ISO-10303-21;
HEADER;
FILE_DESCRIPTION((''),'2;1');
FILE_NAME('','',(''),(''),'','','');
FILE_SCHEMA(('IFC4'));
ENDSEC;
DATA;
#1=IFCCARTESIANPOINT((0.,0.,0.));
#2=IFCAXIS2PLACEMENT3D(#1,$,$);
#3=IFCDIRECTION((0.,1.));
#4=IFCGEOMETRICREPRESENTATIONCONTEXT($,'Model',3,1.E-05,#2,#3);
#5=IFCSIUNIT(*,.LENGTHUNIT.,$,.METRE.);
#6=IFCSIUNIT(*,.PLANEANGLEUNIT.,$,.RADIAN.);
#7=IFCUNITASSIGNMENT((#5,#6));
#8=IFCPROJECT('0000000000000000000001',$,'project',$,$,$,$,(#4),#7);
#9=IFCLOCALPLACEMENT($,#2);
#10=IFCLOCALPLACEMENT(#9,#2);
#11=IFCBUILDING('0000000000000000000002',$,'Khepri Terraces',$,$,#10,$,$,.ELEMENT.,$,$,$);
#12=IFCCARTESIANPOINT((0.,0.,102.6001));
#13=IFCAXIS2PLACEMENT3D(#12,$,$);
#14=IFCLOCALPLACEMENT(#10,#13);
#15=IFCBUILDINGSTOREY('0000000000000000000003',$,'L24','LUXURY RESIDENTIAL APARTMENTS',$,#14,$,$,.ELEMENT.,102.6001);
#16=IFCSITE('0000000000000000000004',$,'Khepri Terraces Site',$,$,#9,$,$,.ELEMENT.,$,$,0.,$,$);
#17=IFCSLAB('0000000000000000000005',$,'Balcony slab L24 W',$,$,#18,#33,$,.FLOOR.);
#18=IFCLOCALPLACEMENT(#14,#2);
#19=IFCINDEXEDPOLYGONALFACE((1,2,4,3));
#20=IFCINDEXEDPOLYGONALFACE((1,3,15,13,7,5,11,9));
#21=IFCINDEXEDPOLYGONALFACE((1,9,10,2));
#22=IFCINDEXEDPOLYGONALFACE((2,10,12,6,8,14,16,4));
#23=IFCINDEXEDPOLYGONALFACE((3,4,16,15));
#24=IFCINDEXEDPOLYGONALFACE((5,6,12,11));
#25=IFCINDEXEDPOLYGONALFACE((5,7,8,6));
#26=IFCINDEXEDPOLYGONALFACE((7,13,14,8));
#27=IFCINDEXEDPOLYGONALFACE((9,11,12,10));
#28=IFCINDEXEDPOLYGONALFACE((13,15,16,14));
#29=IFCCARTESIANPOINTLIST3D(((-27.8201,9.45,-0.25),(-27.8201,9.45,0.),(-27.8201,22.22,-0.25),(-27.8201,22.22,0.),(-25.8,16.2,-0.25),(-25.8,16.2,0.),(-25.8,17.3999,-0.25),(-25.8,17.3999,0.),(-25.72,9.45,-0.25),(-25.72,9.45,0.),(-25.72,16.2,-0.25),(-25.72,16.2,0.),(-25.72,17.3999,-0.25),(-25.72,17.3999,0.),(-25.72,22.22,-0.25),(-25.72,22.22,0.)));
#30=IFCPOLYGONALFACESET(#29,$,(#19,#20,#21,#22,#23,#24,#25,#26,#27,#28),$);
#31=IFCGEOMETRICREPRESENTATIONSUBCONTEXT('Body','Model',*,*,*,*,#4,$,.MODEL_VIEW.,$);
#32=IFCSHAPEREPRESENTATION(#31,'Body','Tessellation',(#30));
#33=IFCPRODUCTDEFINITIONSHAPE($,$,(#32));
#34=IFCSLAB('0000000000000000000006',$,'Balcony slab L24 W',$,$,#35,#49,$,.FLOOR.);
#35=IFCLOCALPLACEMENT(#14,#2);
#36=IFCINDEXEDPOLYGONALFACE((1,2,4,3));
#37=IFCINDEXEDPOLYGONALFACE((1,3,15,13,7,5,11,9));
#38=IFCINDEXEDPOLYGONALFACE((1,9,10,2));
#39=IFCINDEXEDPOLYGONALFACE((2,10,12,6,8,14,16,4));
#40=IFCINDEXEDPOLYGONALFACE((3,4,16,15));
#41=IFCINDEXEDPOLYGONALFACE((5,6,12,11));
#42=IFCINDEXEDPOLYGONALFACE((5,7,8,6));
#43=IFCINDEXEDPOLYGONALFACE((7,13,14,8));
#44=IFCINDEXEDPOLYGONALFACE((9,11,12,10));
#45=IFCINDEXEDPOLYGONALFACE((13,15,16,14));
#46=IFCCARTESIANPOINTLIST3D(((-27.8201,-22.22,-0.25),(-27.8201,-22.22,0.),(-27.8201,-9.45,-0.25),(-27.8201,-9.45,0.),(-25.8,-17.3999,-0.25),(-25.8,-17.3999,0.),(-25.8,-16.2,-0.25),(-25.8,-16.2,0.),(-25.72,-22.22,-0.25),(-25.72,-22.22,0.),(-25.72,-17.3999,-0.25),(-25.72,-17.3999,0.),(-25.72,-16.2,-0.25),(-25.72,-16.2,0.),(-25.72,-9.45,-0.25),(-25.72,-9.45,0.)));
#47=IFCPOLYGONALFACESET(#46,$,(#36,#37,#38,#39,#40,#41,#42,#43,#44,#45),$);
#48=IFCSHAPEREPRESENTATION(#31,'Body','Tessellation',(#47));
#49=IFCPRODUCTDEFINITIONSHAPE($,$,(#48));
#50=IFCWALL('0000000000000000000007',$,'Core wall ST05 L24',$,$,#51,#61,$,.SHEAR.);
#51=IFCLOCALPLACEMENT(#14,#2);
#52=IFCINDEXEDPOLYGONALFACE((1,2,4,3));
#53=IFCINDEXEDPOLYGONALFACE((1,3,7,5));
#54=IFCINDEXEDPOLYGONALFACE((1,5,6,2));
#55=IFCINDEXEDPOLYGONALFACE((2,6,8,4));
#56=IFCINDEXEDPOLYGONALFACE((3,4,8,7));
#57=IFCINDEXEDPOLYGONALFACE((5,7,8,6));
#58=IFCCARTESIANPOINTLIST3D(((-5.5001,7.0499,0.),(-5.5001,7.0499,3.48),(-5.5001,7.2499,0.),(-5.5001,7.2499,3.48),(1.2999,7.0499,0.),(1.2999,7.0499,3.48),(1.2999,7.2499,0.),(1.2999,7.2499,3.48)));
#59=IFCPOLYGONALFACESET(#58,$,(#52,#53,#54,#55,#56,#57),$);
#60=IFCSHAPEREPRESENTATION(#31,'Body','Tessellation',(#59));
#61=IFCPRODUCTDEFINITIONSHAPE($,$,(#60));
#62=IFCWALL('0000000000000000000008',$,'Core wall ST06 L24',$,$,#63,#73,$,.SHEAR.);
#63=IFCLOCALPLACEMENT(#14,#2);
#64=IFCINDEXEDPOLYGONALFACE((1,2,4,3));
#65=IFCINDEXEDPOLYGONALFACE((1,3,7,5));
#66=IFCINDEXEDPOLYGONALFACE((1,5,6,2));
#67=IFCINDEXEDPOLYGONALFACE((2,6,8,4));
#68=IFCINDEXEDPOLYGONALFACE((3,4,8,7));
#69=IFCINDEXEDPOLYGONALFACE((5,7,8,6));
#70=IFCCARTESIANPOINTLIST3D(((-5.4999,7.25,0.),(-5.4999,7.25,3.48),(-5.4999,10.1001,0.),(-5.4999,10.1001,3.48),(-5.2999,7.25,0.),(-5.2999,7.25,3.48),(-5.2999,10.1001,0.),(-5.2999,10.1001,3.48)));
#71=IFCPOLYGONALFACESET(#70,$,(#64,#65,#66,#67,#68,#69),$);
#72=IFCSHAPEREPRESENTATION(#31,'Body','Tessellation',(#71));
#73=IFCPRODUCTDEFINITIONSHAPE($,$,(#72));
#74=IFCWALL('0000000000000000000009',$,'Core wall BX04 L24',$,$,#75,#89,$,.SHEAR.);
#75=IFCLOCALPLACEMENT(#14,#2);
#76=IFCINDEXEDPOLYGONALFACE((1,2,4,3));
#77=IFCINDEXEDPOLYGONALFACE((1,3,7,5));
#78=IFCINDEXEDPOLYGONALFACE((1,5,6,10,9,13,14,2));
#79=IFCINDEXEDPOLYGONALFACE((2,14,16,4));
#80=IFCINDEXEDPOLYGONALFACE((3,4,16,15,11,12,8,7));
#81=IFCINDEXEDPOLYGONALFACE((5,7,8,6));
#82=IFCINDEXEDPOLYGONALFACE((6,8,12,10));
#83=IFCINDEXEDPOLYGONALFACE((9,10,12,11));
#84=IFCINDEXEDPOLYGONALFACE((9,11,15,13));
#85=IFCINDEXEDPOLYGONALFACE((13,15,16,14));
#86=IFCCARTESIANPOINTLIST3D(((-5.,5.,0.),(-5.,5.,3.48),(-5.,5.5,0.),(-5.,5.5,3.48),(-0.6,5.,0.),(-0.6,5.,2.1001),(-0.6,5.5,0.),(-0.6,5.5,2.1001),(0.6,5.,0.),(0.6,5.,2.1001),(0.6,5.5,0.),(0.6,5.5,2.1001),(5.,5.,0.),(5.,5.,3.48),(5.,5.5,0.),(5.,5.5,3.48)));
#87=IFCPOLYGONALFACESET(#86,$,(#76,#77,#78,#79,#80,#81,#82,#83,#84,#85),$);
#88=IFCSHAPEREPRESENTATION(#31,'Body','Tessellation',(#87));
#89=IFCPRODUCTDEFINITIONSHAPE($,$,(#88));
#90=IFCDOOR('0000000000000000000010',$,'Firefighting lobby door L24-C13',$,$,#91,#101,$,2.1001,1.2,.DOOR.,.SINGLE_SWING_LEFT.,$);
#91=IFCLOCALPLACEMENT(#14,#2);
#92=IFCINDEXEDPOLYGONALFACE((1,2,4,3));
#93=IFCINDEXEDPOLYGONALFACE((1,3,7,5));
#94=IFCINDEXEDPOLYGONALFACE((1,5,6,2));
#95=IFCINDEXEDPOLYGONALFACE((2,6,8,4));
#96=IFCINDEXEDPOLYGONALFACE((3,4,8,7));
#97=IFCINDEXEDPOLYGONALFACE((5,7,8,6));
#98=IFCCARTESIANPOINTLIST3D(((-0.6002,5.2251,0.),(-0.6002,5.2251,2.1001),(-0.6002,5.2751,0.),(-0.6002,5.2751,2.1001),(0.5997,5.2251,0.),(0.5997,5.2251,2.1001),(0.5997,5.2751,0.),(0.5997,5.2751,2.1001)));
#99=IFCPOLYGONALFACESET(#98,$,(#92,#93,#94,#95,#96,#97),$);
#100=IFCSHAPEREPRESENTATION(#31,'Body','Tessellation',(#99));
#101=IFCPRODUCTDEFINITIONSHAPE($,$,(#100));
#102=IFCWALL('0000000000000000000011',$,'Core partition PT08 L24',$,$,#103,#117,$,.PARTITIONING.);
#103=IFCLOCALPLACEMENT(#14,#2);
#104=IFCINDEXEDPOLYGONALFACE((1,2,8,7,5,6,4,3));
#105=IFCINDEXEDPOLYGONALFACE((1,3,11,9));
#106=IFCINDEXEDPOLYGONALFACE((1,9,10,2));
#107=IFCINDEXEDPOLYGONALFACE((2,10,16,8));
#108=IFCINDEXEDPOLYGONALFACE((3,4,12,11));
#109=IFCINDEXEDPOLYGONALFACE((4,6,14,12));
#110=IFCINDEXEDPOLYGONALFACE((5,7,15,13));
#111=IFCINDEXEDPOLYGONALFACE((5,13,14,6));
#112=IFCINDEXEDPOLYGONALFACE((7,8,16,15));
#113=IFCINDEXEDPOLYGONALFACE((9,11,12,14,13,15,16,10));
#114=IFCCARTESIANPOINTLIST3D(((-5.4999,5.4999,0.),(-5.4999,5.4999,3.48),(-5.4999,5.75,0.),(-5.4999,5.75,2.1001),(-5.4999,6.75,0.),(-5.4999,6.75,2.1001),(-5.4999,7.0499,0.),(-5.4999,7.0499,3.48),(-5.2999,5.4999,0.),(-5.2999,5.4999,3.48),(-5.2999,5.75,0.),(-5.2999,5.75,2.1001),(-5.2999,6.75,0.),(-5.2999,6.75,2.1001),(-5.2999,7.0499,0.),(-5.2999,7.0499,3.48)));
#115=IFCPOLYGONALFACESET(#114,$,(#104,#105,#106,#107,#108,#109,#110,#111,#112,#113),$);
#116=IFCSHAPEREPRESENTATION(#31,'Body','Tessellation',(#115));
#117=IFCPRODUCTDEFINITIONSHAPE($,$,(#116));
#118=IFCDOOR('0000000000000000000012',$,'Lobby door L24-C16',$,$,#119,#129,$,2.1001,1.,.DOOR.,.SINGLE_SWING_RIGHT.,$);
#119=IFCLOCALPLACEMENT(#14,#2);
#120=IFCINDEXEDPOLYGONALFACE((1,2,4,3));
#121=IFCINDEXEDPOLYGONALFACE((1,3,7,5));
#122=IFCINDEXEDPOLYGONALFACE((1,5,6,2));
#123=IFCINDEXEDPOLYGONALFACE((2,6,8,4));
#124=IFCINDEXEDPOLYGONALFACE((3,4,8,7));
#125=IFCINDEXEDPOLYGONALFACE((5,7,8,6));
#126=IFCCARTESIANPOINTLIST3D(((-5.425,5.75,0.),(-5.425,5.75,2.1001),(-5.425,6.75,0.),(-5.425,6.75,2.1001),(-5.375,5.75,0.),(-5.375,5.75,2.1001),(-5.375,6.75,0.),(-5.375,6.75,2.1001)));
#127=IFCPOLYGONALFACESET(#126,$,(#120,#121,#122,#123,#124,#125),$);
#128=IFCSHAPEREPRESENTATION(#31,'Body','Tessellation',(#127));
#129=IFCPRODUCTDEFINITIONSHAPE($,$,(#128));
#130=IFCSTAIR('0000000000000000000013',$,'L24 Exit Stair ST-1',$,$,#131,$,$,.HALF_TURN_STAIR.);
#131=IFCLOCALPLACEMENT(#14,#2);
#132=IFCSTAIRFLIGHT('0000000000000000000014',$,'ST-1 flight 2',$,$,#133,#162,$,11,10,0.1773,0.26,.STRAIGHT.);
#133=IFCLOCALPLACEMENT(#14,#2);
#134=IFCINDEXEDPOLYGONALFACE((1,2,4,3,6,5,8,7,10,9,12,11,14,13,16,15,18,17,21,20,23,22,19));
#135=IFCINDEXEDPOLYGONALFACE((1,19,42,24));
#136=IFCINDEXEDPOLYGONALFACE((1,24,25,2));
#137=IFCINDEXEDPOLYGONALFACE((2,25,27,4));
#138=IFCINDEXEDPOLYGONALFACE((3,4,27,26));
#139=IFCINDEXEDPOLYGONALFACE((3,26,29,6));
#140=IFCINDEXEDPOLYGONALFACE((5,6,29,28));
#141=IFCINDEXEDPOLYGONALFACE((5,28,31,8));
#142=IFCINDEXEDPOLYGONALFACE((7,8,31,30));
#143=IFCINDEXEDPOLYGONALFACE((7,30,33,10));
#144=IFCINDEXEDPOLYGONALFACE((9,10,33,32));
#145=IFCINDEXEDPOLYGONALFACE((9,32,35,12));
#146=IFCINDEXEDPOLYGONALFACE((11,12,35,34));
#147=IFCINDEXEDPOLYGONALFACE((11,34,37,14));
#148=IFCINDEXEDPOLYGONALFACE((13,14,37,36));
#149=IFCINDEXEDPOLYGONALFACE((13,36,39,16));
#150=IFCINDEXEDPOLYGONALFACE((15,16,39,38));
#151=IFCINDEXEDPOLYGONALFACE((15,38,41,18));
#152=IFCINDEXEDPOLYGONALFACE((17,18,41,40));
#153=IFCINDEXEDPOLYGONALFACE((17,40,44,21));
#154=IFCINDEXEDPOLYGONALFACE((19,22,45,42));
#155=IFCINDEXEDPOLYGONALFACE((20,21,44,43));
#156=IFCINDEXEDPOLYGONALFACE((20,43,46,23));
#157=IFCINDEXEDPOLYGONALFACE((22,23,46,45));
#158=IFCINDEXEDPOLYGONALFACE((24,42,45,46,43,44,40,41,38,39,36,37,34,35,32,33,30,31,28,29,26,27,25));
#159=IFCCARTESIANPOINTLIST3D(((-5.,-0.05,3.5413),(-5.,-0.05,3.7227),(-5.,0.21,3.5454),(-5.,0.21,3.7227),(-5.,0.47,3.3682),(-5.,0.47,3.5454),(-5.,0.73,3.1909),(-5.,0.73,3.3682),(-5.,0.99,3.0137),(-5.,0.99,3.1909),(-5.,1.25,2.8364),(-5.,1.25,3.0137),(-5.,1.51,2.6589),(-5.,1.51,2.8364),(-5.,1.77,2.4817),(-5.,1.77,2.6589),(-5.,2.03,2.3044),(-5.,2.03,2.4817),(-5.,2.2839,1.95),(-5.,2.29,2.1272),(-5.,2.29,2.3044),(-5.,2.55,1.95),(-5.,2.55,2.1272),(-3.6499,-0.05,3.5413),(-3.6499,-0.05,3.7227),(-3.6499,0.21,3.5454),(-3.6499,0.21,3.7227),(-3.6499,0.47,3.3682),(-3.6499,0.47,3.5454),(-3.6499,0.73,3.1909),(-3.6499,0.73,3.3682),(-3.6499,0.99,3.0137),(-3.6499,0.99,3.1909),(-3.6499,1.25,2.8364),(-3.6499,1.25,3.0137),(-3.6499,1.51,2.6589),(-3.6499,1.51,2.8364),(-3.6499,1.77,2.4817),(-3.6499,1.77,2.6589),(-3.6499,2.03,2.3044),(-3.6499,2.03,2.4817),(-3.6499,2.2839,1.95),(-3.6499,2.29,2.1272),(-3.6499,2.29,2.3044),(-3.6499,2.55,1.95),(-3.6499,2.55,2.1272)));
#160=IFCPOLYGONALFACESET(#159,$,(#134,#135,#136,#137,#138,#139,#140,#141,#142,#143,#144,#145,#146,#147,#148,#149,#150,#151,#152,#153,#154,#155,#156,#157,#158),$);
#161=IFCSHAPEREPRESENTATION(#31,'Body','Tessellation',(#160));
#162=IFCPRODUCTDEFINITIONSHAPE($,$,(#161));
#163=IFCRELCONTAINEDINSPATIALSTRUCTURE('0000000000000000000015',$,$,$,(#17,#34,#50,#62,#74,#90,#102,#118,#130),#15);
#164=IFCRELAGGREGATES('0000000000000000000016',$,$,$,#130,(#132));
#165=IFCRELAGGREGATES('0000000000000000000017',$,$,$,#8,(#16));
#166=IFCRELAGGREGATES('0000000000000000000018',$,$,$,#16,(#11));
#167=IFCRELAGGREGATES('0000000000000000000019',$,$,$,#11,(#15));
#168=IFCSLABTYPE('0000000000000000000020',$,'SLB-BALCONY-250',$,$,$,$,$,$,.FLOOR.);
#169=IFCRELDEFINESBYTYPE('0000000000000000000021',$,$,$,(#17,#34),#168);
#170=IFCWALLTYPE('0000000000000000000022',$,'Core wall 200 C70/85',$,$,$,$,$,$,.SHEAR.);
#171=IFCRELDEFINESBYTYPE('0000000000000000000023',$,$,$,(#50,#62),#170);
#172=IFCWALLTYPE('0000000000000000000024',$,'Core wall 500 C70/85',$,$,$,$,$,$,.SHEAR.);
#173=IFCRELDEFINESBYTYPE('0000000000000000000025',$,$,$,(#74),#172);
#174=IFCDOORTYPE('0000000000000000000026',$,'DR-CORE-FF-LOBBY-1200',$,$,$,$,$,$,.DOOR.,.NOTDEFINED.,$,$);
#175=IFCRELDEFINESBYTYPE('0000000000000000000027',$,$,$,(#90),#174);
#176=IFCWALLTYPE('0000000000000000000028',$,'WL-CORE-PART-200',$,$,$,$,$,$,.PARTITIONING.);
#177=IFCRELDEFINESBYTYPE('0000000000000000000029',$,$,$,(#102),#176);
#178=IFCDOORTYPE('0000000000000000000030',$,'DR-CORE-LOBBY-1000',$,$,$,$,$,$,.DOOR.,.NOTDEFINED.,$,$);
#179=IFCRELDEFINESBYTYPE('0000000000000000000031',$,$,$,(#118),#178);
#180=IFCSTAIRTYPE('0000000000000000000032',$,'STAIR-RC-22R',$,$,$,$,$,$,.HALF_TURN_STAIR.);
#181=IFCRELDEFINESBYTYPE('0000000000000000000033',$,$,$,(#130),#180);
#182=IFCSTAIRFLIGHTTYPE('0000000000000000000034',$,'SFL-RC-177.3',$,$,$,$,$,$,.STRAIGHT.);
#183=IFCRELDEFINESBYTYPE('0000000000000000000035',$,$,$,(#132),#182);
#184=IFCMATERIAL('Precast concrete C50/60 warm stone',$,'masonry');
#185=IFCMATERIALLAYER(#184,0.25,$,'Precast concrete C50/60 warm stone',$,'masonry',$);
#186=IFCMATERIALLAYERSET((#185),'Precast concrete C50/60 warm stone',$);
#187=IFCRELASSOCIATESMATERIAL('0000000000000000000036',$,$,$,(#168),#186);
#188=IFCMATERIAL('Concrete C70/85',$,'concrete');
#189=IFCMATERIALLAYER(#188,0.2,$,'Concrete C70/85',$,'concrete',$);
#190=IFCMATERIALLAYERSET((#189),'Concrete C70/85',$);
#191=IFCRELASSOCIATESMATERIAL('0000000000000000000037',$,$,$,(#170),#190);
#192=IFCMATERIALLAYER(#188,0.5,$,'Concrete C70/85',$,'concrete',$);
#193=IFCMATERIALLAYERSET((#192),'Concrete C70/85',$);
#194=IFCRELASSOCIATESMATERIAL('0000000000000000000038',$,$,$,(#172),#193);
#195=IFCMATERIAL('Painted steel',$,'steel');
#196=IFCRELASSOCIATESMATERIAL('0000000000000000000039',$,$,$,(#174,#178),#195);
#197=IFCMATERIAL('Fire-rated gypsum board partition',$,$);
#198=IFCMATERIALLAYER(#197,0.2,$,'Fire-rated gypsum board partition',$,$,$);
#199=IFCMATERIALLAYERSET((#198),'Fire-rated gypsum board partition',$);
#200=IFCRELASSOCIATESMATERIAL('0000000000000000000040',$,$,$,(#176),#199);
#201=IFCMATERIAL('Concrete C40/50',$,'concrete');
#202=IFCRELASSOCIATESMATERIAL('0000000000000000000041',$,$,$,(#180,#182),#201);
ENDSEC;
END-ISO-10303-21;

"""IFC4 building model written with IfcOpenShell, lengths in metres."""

from ifc_helpers import new_model, si_unit, direction, frame, frame_2d, origin, place, context, subcontext, project, spatial, polyline, rectangle, outline, extrude, material, layer, layer_set, type_object, element, fill, aggregate, save


model = new_model("IFC4")

# Units and contexts
model_context = context("Model", 3, precision=1e-05, world=origin(), true_north=direction((0.0, 1.0)))
body_context = subcontext(model_context, "Body", "Model", "MODEL_VIEW")
ifc_project = project(units=[si_unit("LENGTHUNIT", "METRE"), si_unit("PLANEANGLEUNIT", "RADIAN")], contexts=[model_context])

# Site, building, storey
site_placement = place(None, origin())
site = spatial("IfcSite", under=ifc_project, at=site_placement, Name="Khepri Terraces Site", CompositionType="ELEMENT", RefElevation=0.0)
building_placement = place(site_placement, origin())
building = spatial("IfcBuilding", under=site, at=building_placement, Name="Khepri Terraces", CompositionType="ELEMENT")
storey_placement = place(building_placement, frame((0.0, 0.0, 102.6001)))
storey = spatial("IfcBuildingStorey", under=building, at=storey_placement, Name="L24", Description="LUXURY RESIDENTIAL APARTMENTS", CompositionType="ELEMENT", Elevation=102.6001)

# Slabs
ifc_material_1 = material(Name="Precast concrete C50/60 warm stone", Category="masonry")
ifc_layer_1 = layer(ifc_material_1, 0.25, Name="Precast concrete C50/60 warm stone", Category="masonry")
ifc_layer_set_1 = layer_set([ifc_layer_1], Name="Precast concrete C50/60 warm stone")
slab_type = type_object("IfcSlabType", Name="SLB-BALCONY-250", PredefinedType="FLOOR", material=ifc_layer_set_1)
slab_1_placement = place(storey_placement, frame((0.0, 0.0, -0.25)))
element("IfcSlab", 1, at=slab_1_placement, inside=storey, type_object=slab_type, Name="Balcony slab L24 W", PredefinedType="FLOOR", context=body_context, shape_type="SweptSolid", body=[
    extrude(outline(polyline([(-25.72, 17.3999), (-25.72, 22.22), (-27.8201, 22.22), (-27.8201, 9.45), (-25.72, 9.45), (-25.72, 16.2), (-25.8, 16.2), (-25.8, 17.3999), (-25.72, 17.3999)])), origin(), (0.0, 0.0, 1.0), 0.25),
])
slab_2_placement = place(storey_placement, frame((0.0, 0.0, -0.25)))
element("IfcSlab", 2, at=slab_2_placement, inside=storey, type_object=slab_type, Name="Balcony slab L24 W", PredefinedType="FLOOR", context=body_context, shape_type="SweptSolid", body=[
    extrude(outline(polyline([(-25.72, -16.2), (-25.72, -9.45), (-27.8201, -9.45), (-27.8201, -22.22), (-25.72, -22.22), (-25.72, -17.3999), (-25.8, -17.3999), (-25.8, -16.2), (-25.72, -16.2)])), origin(), (0.0, 0.0, 1.0), 0.25),
])

# Walls
ifc_material_2 = material(Name="Concrete C70/85", Category="concrete")
ifc_layer_2 = layer(ifc_material_2, 0.2, Name="Concrete C70/85", Category="concrete")
ifc_layer_set_2 = layer_set([ifc_layer_2], Name="Concrete C70/85")
wall_type_1 = type_object("IfcWallType", Name="Core wall 200 C70/85", PredefinedType="SHEAR", material=ifc_layer_set_2)
wall_1_placement = place(storey_placement, frame((-5.5, 7.1499, 0.0), z_axis=(0.0, 0.0, 1.0), x_axis=(1.0, 0.0, 0.0)))
element("IfcWall", 3, at=wall_1_placement, inside=storey, type_object=wall_type_1, Name="Core wall ST05 L24", PredefinedType="SHEAR", context=body_context, shape_type="SweptSolid", body=[
    extrude(rectangle(XDim=6.8, YDim=0.2, at=frame_2d((3.3999, 0.0))), origin(), (0.0, 0.0, 1.0), 3.48),
])
wall_2_placement = place(storey_placement, frame((-5.3999, 7.25, 0.0), z_axis=(0.0, 0.0, 1.0), x_axis=(0.0, 1.0, 0.0)))
element("IfcWall", 4, at=wall_2_placement, inside=storey, type_object=wall_type_1, Name="Core wall ST06 L24", PredefinedType="SHEAR", context=body_context, shape_type="SweptSolid", body=[
    extrude(rectangle(XDim=2.8501, YDim=0.2, at=frame_2d((1.425, 0.0))), origin(), (0.0, 0.0, 1.0), 3.48),
])

# Walls, openings, doors
ifc_layer_3 = layer(ifc_material_2, 0.5, Name="Concrete C70/85", Category="concrete")
ifc_layer_set_3 = layer_set([ifc_layer_3], Name="Concrete C70/85")
wall_type_2 = type_object("IfcWallType", Name="Core wall 500 C70/85", PredefinedType="SHEAR", material=ifc_layer_set_3)
wall_3_placement = place(storey_placement, frame((-5.0, 5.25, 0.0), z_axis=(0.0, 0.0, 1.0), x_axis=(1.0, 0.0, 0.0)))
wall_3 = element("IfcWall", 5, at=wall_3_placement, inside=storey, type_object=wall_type_2, Name="Core wall BX04 L24", PredefinedType="SHEAR", context=body_context, shape_type="SweptSolid", body=[
    extrude(rectangle(XDim=10.0, YDim=0.5, at=frame_2d((5.0, 0.0))), origin(), (0.0, 0.0, 1.0), 3.48),
])
opening_1_placement = place(wall_3_placement, frame((4.3999, 0.0, 0.0)))
opening_1 = element("IfcOpeningElement", 6, at=opening_1_placement, cuts=wall_3, PredefinedType="OPENING", context=body_context, shape_type="SweptSolid", body=[
    extrude(rectangle(XDim=1.2, YDim=2.1001, at=frame_2d((0.6001, 1.05))), frame((0.0, 0.26, 0.0), z_axis=(0.0, -1.0, 0.0), x_axis=(1.0, 0.0, 0.0)), (0.0, 0.0, 1.0), 0.52),
])
ifc_material_3 = material(Name="Painted steel", Category="steel")
door_type_1 = type_object("IfcDoorType", Name="DR-CORE-FF-LOBBY-1200", OperationType="NOTDEFINED", PredefinedType="DOOR", material=ifc_material_3)
door_1_placement = place(opening_1_placement, frame((1.2, 0.0, 0.0), z_axis=(0.0, 0.0, 1.0), x_axis=(-1.0, 0.0, 0.0)))
door_1 = element("IfcDoor", 7, at=door_1_placement, inside=storey, type_object=door_type_1, Name="Firefighting lobby door L24-C13", OperationType="SINGLE_SWING_LEFT", OverallHeight=2.1001, OverallWidth=1.2, PredefinedType="DOOR", context=body_context, shape_type="SweptSolid", body=[
    extrude(rectangle(XDim=1.2, YDim=2.1001, at=frame_2d((0.6001, 1.05))), frame((0.0, 0.0249, 0.0), z_axis=(0.0, -1.0, 0.0), x_axis=(1.0, 0.0, 0.0)), (0.0, 0.0, 1.0), 0.05),
])
fill(opening_1, door_1)
ifc_material_4 = material(Name="Fire-rated gypsum board partition")
ifc_layer_4 = layer(ifc_material_4, 0.2, Name="Fire-rated gypsum board partition")
ifc_layer_set_4 = layer_set([ifc_layer_4], Name="Fire-rated gypsum board partition")
wall_type_3 = type_object("IfcWallType", Name="WL-CORE-PART-200", PredefinedType="PARTITIONING", material=ifc_layer_set_4)
wall_4_placement = place(storey_placement, frame((-5.3999, 5.5, 0.0), z_axis=(0.0, 0.0, 1.0), x_axis=(0.0, 1.0, 0.0)))
wall_4 = element("IfcWall", 8, at=wall_4_placement, inside=storey, type_object=wall_type_3, Name="Core partition PT08 L24", PredefinedType="PARTITIONING", context=body_context, shape_type="SweptSolid", body=[
    extrude(rectangle(XDim=1.55, YDim=0.2, at=frame_2d((0.7749, 0.0))), origin(), (0.0, 0.0, 1.0), 3.48),
])
opening_2_placement = place(wall_4_placement, frame((0.25, 0.0, 0.0)))
opening_2 = element("IfcOpeningElement", 9, at=opening_2_placement, cuts=wall_4, PredefinedType="OPENING", context=body_context, shape_type="SweptSolid", body=[
    extrude(rectangle(XDim=1.0, YDim=2.1001, at=frame_2d((0.5, 1.05))), frame((0.0, 0.1099, 0.0), z_axis=(0.0, -1.0, 0.0), x_axis=(1.0, 0.0, 0.0)), (0.0, 0.0, 1.0), 0.22),
])
door_type_2 = type_object("IfcDoorType", Name="DR-CORE-LOBBY-1000", OperationType="NOTDEFINED", PredefinedType="DOOR", material=ifc_material_3)
door_2_placement = place(opening_2_placement, frame((1.0, 0.0, 0.0), z_axis=(0.0, 0.0, 1.0), x_axis=(-1.0, 0.0, 0.0)))
door_2 = element("IfcDoor", 10, at=door_2_placement, inside=storey, type_object=door_type_2, Name="Lobby door L24-C16", OperationType="SINGLE_SWING_RIGHT", OverallHeight=2.1001, OverallWidth=1.0, PredefinedType="DOOR", context=body_context, shape_type="SweptSolid", body=[
    extrude(rectangle(XDim=1.0, YDim=2.1001, at=frame_2d((0.5, 1.05))), frame((0.0, 0.0249, 0.0), z_axis=(0.0, -1.0, 0.0), x_axis=(1.0, 0.0, 0.0)), (0.0, 0.0, 1.0), 0.05),
])
fill(opening_2, door_2)

# Stair, stair flight
ifc_material_5 = material(Name="Concrete C40/50", Category="concrete")
stair_type = type_object("IfcStairType", Name="STAIR-RC-22R", PredefinedType="HALF_TURN_STAIR", material=ifc_material_5)
stair_1_placement = place(storey_placement, origin())
stair_1 = element("IfcStair", 11, at=stair_1_placement, inside=storey, type_object=stair_type, Name="L24 Exit Stair ST-1", PredefinedType="HALF_TURN_STAIR")
stair_flight_type = type_object("IfcStairFlightType", Name="SFL-RC-177.3", PredefinedType="STRAIGHT", material=ifc_material_5)
stair_flight_1_placement = place(storey_placement, frame((-4.325, 2.55, 1.95), z_axis=(0.0, 0.0, 1.0), x_axis=(0.0, -1.0, 0.0)))
stair_flight_1 = element("IfcStairFlight", 12, at=stair_flight_1_placement, type_object=stair_flight_type, Name="ST-1 flight 2", NumberOfRisers=11, NumberOfTreads=10, PredefinedType="STRAIGHT", RiserHeight=0.1773, TreadLength=0.26, context=body_context, shape_type="SweptSolid", body=[
    extrude(outline(polyline([(0.0, 0.0), (0.0, 0.1772), (0.26, 0.1772), (0.26, 0.3545), (0.52, 0.3545), (0.52, 0.5317), (0.78, 0.5317), (0.78, 0.709), (1.04, 0.709), (1.04, 0.8865), (1.3, 0.8865), (1.3, 1.0637), (1.5601, 1.0637), (1.5601, 1.241), (1.8201, 1.241), (1.8201, 1.4182), (2.0801, 1.4182), (2.0801, 1.5955), (2.3401, 1.5955), (2.3401, 1.7727), (2.6001, 1.7727), (2.6001, 1.95), (2.6001, 1.5913), (0.2661, 0.0), (0.0, 0.0)])), frame((0.0, 0.675, 0.0), z_axis=(0.0, -1.0, 0.0), x_axis=(1.0, 0.0, 0.0)), (0.0, 0.0, 1.0), 1.3501),
])
aggregate(stair_1, [stair_flight_1])

save(model, "model.ifc")
